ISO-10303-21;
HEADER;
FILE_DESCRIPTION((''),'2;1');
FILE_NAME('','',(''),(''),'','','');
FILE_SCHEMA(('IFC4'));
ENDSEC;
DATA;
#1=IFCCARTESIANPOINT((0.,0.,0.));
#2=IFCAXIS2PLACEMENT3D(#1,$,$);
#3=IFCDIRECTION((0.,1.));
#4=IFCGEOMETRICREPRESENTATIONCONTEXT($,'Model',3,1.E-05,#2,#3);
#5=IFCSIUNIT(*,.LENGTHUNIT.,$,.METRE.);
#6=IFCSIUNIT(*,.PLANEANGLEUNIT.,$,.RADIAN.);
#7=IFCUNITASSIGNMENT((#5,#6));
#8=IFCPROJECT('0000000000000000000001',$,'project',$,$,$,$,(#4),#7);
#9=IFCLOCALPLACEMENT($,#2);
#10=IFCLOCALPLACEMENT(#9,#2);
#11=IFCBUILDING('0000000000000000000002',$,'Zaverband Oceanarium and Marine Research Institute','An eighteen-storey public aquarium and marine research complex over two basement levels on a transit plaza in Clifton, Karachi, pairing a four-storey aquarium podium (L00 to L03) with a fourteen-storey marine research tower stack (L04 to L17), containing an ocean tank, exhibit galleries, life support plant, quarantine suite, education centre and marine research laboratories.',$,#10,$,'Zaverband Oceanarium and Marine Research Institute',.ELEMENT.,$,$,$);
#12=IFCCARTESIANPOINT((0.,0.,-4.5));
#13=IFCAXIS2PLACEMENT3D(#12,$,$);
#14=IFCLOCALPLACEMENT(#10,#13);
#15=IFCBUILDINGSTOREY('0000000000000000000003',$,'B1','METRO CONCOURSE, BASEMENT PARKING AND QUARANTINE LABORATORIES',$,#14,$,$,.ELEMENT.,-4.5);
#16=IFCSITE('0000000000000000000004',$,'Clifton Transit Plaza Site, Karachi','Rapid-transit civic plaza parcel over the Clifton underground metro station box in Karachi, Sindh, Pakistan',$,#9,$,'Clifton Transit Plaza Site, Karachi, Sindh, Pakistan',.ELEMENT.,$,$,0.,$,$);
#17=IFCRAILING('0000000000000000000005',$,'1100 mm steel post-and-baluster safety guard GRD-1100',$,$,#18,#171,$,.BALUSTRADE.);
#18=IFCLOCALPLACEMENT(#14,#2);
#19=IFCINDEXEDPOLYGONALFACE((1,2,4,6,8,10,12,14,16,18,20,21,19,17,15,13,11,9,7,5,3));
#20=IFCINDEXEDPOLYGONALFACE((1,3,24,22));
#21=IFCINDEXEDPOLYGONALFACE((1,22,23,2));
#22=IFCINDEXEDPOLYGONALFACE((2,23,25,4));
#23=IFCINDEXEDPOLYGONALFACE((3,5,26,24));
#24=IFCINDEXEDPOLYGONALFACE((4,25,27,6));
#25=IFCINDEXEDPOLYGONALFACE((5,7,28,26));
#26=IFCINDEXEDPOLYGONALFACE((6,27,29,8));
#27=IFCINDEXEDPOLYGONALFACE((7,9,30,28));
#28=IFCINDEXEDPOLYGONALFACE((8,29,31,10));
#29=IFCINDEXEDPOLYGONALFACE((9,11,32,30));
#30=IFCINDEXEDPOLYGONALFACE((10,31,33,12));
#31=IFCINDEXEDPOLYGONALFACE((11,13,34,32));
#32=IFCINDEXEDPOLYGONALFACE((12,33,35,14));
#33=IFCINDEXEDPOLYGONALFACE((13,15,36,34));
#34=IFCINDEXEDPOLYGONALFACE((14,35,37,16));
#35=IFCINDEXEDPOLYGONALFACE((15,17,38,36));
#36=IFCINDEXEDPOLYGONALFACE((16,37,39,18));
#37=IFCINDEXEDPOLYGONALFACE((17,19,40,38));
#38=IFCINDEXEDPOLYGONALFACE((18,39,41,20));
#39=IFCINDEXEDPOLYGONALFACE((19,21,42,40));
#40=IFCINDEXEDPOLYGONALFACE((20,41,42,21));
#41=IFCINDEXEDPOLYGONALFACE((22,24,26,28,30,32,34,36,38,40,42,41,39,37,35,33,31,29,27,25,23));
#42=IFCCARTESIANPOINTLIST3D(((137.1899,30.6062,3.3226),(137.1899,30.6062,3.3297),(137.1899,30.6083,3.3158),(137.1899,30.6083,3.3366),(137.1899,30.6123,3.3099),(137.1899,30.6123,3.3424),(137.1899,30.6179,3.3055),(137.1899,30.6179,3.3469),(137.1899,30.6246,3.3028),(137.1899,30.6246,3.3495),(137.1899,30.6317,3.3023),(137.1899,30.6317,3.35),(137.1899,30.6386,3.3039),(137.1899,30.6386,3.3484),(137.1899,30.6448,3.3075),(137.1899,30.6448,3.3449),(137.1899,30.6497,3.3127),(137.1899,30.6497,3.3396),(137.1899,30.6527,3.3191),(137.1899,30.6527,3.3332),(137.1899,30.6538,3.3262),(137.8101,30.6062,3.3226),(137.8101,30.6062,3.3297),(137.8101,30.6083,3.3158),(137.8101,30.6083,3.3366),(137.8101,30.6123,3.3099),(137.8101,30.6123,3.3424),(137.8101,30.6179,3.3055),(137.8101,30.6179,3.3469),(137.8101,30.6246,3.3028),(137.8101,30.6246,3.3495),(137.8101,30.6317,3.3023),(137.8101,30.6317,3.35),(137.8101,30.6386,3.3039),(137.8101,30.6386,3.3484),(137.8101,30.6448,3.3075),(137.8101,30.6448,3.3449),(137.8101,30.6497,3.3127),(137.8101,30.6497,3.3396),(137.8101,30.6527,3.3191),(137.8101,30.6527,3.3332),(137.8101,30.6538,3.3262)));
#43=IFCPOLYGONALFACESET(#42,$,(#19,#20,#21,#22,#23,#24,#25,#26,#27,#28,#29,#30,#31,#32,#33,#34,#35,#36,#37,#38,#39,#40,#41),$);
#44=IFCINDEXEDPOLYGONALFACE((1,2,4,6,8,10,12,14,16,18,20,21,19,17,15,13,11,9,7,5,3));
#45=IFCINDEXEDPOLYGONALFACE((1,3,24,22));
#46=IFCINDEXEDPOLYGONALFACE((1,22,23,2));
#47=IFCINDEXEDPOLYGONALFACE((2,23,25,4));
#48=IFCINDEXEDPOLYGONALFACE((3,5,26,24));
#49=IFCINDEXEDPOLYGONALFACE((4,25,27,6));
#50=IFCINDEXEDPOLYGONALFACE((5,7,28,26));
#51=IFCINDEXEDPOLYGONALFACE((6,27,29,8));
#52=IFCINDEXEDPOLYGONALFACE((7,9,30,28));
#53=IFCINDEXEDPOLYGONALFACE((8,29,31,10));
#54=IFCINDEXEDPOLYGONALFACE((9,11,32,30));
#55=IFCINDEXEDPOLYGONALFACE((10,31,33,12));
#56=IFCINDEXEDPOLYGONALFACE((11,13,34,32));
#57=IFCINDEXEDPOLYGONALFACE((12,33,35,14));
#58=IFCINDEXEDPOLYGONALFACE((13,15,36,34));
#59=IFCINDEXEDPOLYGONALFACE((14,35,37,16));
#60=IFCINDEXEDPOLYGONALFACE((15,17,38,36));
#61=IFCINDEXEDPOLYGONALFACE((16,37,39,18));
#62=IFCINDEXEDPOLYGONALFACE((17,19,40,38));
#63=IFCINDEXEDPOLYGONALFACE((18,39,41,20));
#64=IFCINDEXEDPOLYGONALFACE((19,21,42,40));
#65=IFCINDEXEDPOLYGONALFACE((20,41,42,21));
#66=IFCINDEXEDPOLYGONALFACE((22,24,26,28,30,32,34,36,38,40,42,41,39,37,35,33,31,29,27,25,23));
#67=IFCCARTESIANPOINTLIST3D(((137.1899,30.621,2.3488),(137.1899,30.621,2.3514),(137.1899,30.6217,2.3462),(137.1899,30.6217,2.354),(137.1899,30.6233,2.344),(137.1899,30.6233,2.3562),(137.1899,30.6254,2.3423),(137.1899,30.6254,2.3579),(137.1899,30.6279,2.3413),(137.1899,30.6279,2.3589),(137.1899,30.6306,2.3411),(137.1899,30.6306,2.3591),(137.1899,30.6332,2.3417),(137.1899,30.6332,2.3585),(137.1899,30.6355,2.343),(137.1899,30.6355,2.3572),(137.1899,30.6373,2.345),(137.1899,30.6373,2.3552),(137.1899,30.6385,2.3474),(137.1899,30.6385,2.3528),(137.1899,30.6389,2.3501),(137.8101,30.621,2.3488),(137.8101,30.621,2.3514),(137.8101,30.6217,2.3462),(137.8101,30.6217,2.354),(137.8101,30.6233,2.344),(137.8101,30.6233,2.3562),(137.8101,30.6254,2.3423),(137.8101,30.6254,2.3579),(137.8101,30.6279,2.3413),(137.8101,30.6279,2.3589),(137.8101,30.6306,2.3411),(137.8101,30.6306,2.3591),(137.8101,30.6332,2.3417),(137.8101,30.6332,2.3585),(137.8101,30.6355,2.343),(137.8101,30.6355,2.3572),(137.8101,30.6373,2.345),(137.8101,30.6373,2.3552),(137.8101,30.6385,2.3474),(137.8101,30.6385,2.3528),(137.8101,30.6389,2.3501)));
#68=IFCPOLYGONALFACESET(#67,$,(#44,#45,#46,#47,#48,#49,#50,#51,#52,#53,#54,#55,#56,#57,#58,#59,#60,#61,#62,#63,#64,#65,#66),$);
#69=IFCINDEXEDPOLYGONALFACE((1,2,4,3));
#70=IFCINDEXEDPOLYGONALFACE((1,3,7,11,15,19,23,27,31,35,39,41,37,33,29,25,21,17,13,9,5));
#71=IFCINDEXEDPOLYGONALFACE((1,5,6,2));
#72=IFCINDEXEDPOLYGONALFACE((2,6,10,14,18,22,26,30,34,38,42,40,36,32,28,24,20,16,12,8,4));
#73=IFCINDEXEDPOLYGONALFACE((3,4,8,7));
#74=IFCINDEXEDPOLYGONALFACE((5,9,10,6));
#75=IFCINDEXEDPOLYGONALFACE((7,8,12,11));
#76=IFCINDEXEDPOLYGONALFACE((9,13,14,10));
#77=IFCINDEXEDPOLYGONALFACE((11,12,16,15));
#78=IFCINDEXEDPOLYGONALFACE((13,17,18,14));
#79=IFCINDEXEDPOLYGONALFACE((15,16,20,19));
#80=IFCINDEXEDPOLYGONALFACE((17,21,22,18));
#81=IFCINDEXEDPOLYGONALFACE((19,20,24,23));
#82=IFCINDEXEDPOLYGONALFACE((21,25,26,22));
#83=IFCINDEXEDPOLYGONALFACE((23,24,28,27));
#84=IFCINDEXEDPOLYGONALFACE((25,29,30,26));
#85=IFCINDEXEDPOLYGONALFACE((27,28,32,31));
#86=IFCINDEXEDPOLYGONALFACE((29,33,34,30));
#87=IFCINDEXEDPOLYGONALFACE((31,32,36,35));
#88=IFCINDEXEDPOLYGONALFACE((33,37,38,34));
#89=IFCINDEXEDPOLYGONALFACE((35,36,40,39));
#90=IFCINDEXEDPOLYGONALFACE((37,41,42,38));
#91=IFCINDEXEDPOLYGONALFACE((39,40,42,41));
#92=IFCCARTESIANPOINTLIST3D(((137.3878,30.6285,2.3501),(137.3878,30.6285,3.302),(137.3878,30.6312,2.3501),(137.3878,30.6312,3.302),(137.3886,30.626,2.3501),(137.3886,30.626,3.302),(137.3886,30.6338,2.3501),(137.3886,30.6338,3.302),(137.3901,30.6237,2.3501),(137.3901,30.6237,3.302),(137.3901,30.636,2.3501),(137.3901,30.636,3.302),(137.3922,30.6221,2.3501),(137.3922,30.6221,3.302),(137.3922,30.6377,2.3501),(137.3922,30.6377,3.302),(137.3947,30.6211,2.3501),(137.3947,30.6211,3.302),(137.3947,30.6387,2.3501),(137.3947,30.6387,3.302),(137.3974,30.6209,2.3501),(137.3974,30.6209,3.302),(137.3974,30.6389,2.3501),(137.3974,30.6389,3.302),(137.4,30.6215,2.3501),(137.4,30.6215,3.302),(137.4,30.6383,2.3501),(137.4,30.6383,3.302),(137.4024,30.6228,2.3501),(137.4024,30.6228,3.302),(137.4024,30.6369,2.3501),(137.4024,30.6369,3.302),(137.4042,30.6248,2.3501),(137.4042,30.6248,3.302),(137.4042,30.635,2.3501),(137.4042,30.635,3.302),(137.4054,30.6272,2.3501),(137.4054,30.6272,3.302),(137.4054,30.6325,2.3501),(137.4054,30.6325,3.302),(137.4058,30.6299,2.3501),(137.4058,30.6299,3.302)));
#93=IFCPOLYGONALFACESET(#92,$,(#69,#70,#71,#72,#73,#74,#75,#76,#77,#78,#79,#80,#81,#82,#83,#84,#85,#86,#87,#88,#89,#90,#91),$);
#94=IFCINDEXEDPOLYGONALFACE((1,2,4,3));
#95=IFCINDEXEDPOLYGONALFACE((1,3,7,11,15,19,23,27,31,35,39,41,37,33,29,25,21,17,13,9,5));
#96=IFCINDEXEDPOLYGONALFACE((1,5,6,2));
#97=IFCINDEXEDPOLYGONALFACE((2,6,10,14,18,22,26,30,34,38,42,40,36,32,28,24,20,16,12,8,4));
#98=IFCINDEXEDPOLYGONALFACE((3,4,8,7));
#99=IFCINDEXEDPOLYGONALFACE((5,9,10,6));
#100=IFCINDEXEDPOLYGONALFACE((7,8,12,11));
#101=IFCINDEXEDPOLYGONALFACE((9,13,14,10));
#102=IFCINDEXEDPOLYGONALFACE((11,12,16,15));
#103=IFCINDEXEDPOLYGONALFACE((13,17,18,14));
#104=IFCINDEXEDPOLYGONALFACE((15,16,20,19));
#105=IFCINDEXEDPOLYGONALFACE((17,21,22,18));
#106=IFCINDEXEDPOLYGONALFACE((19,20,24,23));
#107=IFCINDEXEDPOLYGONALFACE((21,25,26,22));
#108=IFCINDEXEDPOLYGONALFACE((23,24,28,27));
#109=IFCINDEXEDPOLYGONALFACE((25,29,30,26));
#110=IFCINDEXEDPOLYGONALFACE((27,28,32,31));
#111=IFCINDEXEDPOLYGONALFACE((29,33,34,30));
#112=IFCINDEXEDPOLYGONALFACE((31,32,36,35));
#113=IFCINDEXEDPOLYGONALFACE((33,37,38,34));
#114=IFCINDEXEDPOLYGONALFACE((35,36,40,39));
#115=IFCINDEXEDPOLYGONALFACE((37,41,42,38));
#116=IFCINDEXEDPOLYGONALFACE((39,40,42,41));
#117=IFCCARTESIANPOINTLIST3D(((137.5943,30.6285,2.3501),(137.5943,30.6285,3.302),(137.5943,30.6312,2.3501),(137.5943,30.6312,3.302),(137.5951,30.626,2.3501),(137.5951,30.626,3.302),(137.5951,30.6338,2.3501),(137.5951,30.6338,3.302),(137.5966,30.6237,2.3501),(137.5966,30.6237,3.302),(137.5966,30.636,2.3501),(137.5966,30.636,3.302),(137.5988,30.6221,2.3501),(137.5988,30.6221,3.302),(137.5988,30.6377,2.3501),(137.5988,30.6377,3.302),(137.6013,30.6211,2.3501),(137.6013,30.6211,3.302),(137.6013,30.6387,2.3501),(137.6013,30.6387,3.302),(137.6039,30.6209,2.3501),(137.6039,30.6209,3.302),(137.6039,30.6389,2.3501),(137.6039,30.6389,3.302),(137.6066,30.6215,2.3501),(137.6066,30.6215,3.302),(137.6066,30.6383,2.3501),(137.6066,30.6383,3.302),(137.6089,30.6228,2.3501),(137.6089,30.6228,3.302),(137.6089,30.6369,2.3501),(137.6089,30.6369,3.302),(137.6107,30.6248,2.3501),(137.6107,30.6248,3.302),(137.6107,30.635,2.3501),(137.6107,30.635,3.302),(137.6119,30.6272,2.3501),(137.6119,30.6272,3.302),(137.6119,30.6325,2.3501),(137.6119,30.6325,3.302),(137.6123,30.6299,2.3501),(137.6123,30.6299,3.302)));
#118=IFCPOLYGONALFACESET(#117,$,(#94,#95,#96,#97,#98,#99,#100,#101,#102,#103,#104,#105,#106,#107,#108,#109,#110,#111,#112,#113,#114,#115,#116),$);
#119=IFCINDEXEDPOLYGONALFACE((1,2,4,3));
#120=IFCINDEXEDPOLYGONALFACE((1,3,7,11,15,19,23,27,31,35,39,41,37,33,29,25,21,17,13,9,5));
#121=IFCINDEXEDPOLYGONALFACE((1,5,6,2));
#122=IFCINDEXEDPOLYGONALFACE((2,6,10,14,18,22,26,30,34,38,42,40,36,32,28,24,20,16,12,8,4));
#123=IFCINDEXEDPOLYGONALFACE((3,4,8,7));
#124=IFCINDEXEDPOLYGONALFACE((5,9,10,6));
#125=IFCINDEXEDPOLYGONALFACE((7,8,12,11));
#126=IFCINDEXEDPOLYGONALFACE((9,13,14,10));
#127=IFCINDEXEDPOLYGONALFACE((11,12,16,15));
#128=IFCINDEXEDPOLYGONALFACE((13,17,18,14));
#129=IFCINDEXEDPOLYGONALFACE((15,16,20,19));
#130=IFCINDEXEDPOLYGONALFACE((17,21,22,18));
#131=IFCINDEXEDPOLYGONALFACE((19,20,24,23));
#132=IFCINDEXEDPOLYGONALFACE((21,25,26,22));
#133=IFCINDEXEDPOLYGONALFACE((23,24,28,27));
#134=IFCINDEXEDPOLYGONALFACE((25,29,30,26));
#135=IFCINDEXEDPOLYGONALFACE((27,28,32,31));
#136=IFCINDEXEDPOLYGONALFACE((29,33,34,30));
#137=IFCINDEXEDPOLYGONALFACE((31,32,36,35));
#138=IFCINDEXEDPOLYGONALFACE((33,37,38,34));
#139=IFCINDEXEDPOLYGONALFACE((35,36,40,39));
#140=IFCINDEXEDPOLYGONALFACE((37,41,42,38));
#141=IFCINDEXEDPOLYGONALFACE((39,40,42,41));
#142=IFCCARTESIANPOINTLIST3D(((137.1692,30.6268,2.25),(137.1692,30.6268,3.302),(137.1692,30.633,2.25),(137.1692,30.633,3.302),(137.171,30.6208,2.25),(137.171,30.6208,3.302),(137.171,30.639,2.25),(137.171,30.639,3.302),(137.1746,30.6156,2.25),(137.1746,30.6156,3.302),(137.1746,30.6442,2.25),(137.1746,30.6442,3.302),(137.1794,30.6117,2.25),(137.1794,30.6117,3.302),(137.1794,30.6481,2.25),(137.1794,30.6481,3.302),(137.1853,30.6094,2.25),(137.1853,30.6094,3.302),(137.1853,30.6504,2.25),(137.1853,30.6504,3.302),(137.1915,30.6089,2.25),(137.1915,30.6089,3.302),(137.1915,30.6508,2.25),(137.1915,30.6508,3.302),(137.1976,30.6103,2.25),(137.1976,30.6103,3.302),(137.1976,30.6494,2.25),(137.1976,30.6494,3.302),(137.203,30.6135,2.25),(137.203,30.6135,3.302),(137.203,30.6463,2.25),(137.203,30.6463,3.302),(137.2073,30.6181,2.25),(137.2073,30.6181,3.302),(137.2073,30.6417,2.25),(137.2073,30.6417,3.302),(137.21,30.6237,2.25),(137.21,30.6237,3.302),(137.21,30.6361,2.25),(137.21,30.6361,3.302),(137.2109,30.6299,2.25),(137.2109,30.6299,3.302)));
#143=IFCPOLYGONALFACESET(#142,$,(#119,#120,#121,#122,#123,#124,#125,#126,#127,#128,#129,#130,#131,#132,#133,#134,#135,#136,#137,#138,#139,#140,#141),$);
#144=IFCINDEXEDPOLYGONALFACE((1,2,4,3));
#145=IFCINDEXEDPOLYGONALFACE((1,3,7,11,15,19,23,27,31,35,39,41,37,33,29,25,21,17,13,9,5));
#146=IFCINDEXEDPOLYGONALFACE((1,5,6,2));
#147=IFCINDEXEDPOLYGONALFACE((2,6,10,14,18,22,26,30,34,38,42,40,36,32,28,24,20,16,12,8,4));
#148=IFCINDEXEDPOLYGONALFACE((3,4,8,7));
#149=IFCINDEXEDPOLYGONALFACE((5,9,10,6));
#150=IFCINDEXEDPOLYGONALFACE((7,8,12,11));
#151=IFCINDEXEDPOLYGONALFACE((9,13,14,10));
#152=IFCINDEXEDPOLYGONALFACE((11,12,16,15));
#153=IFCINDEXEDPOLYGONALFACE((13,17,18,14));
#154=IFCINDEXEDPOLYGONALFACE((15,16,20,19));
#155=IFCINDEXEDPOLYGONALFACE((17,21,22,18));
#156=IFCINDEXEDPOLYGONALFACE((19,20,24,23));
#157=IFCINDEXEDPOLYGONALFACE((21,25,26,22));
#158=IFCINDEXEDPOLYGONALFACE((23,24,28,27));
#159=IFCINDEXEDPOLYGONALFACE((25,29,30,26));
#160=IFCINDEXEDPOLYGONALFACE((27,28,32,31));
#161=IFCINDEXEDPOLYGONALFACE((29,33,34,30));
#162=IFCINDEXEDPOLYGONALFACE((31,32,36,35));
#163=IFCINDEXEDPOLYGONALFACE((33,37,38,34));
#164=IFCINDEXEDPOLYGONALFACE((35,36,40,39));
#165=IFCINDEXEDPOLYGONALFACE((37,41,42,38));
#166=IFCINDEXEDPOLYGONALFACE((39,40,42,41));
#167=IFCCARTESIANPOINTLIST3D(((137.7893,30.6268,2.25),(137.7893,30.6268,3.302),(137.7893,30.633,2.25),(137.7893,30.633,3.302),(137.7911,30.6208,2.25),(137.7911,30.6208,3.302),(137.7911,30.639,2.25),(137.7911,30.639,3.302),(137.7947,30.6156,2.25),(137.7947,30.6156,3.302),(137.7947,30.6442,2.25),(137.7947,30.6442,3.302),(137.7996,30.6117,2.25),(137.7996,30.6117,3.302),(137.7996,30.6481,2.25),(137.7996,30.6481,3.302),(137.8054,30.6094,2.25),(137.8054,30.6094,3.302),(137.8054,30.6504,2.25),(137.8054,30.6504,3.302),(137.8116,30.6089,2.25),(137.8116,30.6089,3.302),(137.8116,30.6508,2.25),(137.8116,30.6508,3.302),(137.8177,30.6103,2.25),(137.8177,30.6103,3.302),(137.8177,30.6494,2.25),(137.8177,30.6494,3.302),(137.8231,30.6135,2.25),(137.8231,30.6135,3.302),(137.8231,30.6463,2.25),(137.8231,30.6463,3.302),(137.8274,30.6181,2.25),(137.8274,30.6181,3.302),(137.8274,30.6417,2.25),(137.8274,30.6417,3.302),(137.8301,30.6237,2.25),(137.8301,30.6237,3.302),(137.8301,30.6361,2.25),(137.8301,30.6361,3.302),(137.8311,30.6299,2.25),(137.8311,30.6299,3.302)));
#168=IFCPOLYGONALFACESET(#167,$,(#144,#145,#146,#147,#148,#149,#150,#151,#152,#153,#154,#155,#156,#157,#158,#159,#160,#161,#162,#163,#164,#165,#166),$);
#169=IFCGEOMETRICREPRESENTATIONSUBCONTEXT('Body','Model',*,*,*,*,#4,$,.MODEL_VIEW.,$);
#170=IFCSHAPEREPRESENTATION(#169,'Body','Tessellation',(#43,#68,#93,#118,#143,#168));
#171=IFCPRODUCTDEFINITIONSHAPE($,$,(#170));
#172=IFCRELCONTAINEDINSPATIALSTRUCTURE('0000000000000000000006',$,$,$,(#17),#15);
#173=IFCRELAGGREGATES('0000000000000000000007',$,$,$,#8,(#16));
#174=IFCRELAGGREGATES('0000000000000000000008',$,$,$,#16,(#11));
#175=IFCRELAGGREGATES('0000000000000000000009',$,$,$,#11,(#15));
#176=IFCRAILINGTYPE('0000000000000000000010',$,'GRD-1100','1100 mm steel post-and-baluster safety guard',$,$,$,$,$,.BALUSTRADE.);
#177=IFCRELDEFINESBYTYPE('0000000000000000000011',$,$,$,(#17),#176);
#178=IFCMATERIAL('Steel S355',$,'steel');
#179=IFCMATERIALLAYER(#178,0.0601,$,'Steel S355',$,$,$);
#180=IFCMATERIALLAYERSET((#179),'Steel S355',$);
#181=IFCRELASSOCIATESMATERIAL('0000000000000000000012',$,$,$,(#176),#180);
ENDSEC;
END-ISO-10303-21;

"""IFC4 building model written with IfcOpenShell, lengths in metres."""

from ifc_helpers import new_model, si_unit, direction, frame, origin, origin_2d, place, context, subcontext, project, spatial, circle, extrude, material, layer, layer_set, type_object, element, save


model = new_model("IFC4")

# Units and contexts
model_context = context("Model", 3, precision=1e-05, world=origin(), true_north=direction((0.0, 1.0)))
body_context = subcontext(model_context, "Body", "Model", "MODEL_VIEW")
ifc_project = project(units=[si_unit("LENGTHUNIT", "METRE"), si_unit("PLANEANGLEUNIT", "RADIAN")], contexts=[model_context])

# Site, building, storey
site_placement = place(None, origin())
site = spatial("IfcSite", under=ifc_project, at=site_placement, Name="Clifton Transit Plaza Site, Karachi", Description="Rapid-transit civic plaza parcel over the Clifton underground metro station box in Karachi, Sindh, Pakistan", LongName="Clifton Transit Plaza Site, Karachi, Sindh, Pakistan", CompositionType="ELEMENT", RefElevation=0.0)
building_placement = place(site_placement, origin())
building = spatial("IfcBuilding", under=site, at=building_placement, Name="Zaverband Oceanarium and Marine Research Institute", Description="An eighteen-storey public aquarium and marine research complex over two basement levels on a transit plaza in Clifton, Karachi, pairing a four-storey aquarium podium (L00 to L03) with a fourteen-storey marine research tower stack (L04 to L17), containing an ocean tank, exhibit galleries, life support plant, quarantine suite, education centre and marine research laboratories.", LongName="Zaverband Oceanarium and Marine Research Institute", CompositionType="ELEMENT")
storey_placement = place(building_placement, frame((0.0, 0.0, -4.5)))
storey = spatial("IfcBuildingStorey", under=building, at=storey_placement, Name="B1", Description="METRO CONCOURSE, BASEMENT PARKING AND QUARANTINE LABORATORIES", CompositionType="ELEMENT", Elevation=-4.5)

# Shared definitions
ifc_material_1 = material(Name="Steel S355", Category="steel")

# Railing
ifc_layer_1 = layer(ifc_material_1, 0.0601, Name="Steel S355")
ifc_layer_set_1 = layer_set([ifc_layer_1], Name="Steel S355")
railing_type_1 = type_object("IfcRailingType", Name="GRD-1100", Description="1100 mm steel post-and-baluster safety guard", PredefinedType="BALUSTRADE", material=ifc_layer_set_1)
railing_1_placement = place(storey_placement, frame((137.1899, 30.6299, 2.25)))
element("IfcRailing", 1, at=railing_1_placement, inside=storey, type_object=railing_type_1, Name="1100 mm steel post-and-baluster safety guard GRD-1100", PredefinedType="BALUSTRADE", context=body_context, shape_type="SweptSolid", body=[
    extrude(circle(Radius=0.0239, at=origin_2d()), frame((0.0, 0.0, 1.0762), z_axis=(1.0, 0.0, 0.0), x_axis=(0.0, 1.0, 0.0)), (0.0, 0.0, 1.0), 0.6201),
    extrude(circle(Radius=0.009, at=origin_2d()), frame((0.0, 0.0, 0.1001), z_axis=(1.0, 0.0, 0.0), x_axis=(0.0, 1.0, 0.0)), (0.0, 0.0, 1.0), 0.6201),
    extrude(circle(Radius=0.009, at=origin_2d()), frame((0.2068, 0.0, 0.1001)), (0.0, 0.0, 1.0), 0.9519),
    extrude(circle(Radius=0.009, at=origin_2d()), frame((0.4133, 0.0, 0.1001)), (0.0, 0.0, 1.0), 0.9519),
    extrude(circle(Radius=0.021, at=origin_2d()), origin(), (0.0, 0.0, 1.0), 1.052),
    extrude(circle(Radius=0.021, at=origin_2d()), frame((0.6201, 0.0, 0.0)), (0.0, 0.0, 1.0), 1.052),
])

save(model, "model.ifc")
